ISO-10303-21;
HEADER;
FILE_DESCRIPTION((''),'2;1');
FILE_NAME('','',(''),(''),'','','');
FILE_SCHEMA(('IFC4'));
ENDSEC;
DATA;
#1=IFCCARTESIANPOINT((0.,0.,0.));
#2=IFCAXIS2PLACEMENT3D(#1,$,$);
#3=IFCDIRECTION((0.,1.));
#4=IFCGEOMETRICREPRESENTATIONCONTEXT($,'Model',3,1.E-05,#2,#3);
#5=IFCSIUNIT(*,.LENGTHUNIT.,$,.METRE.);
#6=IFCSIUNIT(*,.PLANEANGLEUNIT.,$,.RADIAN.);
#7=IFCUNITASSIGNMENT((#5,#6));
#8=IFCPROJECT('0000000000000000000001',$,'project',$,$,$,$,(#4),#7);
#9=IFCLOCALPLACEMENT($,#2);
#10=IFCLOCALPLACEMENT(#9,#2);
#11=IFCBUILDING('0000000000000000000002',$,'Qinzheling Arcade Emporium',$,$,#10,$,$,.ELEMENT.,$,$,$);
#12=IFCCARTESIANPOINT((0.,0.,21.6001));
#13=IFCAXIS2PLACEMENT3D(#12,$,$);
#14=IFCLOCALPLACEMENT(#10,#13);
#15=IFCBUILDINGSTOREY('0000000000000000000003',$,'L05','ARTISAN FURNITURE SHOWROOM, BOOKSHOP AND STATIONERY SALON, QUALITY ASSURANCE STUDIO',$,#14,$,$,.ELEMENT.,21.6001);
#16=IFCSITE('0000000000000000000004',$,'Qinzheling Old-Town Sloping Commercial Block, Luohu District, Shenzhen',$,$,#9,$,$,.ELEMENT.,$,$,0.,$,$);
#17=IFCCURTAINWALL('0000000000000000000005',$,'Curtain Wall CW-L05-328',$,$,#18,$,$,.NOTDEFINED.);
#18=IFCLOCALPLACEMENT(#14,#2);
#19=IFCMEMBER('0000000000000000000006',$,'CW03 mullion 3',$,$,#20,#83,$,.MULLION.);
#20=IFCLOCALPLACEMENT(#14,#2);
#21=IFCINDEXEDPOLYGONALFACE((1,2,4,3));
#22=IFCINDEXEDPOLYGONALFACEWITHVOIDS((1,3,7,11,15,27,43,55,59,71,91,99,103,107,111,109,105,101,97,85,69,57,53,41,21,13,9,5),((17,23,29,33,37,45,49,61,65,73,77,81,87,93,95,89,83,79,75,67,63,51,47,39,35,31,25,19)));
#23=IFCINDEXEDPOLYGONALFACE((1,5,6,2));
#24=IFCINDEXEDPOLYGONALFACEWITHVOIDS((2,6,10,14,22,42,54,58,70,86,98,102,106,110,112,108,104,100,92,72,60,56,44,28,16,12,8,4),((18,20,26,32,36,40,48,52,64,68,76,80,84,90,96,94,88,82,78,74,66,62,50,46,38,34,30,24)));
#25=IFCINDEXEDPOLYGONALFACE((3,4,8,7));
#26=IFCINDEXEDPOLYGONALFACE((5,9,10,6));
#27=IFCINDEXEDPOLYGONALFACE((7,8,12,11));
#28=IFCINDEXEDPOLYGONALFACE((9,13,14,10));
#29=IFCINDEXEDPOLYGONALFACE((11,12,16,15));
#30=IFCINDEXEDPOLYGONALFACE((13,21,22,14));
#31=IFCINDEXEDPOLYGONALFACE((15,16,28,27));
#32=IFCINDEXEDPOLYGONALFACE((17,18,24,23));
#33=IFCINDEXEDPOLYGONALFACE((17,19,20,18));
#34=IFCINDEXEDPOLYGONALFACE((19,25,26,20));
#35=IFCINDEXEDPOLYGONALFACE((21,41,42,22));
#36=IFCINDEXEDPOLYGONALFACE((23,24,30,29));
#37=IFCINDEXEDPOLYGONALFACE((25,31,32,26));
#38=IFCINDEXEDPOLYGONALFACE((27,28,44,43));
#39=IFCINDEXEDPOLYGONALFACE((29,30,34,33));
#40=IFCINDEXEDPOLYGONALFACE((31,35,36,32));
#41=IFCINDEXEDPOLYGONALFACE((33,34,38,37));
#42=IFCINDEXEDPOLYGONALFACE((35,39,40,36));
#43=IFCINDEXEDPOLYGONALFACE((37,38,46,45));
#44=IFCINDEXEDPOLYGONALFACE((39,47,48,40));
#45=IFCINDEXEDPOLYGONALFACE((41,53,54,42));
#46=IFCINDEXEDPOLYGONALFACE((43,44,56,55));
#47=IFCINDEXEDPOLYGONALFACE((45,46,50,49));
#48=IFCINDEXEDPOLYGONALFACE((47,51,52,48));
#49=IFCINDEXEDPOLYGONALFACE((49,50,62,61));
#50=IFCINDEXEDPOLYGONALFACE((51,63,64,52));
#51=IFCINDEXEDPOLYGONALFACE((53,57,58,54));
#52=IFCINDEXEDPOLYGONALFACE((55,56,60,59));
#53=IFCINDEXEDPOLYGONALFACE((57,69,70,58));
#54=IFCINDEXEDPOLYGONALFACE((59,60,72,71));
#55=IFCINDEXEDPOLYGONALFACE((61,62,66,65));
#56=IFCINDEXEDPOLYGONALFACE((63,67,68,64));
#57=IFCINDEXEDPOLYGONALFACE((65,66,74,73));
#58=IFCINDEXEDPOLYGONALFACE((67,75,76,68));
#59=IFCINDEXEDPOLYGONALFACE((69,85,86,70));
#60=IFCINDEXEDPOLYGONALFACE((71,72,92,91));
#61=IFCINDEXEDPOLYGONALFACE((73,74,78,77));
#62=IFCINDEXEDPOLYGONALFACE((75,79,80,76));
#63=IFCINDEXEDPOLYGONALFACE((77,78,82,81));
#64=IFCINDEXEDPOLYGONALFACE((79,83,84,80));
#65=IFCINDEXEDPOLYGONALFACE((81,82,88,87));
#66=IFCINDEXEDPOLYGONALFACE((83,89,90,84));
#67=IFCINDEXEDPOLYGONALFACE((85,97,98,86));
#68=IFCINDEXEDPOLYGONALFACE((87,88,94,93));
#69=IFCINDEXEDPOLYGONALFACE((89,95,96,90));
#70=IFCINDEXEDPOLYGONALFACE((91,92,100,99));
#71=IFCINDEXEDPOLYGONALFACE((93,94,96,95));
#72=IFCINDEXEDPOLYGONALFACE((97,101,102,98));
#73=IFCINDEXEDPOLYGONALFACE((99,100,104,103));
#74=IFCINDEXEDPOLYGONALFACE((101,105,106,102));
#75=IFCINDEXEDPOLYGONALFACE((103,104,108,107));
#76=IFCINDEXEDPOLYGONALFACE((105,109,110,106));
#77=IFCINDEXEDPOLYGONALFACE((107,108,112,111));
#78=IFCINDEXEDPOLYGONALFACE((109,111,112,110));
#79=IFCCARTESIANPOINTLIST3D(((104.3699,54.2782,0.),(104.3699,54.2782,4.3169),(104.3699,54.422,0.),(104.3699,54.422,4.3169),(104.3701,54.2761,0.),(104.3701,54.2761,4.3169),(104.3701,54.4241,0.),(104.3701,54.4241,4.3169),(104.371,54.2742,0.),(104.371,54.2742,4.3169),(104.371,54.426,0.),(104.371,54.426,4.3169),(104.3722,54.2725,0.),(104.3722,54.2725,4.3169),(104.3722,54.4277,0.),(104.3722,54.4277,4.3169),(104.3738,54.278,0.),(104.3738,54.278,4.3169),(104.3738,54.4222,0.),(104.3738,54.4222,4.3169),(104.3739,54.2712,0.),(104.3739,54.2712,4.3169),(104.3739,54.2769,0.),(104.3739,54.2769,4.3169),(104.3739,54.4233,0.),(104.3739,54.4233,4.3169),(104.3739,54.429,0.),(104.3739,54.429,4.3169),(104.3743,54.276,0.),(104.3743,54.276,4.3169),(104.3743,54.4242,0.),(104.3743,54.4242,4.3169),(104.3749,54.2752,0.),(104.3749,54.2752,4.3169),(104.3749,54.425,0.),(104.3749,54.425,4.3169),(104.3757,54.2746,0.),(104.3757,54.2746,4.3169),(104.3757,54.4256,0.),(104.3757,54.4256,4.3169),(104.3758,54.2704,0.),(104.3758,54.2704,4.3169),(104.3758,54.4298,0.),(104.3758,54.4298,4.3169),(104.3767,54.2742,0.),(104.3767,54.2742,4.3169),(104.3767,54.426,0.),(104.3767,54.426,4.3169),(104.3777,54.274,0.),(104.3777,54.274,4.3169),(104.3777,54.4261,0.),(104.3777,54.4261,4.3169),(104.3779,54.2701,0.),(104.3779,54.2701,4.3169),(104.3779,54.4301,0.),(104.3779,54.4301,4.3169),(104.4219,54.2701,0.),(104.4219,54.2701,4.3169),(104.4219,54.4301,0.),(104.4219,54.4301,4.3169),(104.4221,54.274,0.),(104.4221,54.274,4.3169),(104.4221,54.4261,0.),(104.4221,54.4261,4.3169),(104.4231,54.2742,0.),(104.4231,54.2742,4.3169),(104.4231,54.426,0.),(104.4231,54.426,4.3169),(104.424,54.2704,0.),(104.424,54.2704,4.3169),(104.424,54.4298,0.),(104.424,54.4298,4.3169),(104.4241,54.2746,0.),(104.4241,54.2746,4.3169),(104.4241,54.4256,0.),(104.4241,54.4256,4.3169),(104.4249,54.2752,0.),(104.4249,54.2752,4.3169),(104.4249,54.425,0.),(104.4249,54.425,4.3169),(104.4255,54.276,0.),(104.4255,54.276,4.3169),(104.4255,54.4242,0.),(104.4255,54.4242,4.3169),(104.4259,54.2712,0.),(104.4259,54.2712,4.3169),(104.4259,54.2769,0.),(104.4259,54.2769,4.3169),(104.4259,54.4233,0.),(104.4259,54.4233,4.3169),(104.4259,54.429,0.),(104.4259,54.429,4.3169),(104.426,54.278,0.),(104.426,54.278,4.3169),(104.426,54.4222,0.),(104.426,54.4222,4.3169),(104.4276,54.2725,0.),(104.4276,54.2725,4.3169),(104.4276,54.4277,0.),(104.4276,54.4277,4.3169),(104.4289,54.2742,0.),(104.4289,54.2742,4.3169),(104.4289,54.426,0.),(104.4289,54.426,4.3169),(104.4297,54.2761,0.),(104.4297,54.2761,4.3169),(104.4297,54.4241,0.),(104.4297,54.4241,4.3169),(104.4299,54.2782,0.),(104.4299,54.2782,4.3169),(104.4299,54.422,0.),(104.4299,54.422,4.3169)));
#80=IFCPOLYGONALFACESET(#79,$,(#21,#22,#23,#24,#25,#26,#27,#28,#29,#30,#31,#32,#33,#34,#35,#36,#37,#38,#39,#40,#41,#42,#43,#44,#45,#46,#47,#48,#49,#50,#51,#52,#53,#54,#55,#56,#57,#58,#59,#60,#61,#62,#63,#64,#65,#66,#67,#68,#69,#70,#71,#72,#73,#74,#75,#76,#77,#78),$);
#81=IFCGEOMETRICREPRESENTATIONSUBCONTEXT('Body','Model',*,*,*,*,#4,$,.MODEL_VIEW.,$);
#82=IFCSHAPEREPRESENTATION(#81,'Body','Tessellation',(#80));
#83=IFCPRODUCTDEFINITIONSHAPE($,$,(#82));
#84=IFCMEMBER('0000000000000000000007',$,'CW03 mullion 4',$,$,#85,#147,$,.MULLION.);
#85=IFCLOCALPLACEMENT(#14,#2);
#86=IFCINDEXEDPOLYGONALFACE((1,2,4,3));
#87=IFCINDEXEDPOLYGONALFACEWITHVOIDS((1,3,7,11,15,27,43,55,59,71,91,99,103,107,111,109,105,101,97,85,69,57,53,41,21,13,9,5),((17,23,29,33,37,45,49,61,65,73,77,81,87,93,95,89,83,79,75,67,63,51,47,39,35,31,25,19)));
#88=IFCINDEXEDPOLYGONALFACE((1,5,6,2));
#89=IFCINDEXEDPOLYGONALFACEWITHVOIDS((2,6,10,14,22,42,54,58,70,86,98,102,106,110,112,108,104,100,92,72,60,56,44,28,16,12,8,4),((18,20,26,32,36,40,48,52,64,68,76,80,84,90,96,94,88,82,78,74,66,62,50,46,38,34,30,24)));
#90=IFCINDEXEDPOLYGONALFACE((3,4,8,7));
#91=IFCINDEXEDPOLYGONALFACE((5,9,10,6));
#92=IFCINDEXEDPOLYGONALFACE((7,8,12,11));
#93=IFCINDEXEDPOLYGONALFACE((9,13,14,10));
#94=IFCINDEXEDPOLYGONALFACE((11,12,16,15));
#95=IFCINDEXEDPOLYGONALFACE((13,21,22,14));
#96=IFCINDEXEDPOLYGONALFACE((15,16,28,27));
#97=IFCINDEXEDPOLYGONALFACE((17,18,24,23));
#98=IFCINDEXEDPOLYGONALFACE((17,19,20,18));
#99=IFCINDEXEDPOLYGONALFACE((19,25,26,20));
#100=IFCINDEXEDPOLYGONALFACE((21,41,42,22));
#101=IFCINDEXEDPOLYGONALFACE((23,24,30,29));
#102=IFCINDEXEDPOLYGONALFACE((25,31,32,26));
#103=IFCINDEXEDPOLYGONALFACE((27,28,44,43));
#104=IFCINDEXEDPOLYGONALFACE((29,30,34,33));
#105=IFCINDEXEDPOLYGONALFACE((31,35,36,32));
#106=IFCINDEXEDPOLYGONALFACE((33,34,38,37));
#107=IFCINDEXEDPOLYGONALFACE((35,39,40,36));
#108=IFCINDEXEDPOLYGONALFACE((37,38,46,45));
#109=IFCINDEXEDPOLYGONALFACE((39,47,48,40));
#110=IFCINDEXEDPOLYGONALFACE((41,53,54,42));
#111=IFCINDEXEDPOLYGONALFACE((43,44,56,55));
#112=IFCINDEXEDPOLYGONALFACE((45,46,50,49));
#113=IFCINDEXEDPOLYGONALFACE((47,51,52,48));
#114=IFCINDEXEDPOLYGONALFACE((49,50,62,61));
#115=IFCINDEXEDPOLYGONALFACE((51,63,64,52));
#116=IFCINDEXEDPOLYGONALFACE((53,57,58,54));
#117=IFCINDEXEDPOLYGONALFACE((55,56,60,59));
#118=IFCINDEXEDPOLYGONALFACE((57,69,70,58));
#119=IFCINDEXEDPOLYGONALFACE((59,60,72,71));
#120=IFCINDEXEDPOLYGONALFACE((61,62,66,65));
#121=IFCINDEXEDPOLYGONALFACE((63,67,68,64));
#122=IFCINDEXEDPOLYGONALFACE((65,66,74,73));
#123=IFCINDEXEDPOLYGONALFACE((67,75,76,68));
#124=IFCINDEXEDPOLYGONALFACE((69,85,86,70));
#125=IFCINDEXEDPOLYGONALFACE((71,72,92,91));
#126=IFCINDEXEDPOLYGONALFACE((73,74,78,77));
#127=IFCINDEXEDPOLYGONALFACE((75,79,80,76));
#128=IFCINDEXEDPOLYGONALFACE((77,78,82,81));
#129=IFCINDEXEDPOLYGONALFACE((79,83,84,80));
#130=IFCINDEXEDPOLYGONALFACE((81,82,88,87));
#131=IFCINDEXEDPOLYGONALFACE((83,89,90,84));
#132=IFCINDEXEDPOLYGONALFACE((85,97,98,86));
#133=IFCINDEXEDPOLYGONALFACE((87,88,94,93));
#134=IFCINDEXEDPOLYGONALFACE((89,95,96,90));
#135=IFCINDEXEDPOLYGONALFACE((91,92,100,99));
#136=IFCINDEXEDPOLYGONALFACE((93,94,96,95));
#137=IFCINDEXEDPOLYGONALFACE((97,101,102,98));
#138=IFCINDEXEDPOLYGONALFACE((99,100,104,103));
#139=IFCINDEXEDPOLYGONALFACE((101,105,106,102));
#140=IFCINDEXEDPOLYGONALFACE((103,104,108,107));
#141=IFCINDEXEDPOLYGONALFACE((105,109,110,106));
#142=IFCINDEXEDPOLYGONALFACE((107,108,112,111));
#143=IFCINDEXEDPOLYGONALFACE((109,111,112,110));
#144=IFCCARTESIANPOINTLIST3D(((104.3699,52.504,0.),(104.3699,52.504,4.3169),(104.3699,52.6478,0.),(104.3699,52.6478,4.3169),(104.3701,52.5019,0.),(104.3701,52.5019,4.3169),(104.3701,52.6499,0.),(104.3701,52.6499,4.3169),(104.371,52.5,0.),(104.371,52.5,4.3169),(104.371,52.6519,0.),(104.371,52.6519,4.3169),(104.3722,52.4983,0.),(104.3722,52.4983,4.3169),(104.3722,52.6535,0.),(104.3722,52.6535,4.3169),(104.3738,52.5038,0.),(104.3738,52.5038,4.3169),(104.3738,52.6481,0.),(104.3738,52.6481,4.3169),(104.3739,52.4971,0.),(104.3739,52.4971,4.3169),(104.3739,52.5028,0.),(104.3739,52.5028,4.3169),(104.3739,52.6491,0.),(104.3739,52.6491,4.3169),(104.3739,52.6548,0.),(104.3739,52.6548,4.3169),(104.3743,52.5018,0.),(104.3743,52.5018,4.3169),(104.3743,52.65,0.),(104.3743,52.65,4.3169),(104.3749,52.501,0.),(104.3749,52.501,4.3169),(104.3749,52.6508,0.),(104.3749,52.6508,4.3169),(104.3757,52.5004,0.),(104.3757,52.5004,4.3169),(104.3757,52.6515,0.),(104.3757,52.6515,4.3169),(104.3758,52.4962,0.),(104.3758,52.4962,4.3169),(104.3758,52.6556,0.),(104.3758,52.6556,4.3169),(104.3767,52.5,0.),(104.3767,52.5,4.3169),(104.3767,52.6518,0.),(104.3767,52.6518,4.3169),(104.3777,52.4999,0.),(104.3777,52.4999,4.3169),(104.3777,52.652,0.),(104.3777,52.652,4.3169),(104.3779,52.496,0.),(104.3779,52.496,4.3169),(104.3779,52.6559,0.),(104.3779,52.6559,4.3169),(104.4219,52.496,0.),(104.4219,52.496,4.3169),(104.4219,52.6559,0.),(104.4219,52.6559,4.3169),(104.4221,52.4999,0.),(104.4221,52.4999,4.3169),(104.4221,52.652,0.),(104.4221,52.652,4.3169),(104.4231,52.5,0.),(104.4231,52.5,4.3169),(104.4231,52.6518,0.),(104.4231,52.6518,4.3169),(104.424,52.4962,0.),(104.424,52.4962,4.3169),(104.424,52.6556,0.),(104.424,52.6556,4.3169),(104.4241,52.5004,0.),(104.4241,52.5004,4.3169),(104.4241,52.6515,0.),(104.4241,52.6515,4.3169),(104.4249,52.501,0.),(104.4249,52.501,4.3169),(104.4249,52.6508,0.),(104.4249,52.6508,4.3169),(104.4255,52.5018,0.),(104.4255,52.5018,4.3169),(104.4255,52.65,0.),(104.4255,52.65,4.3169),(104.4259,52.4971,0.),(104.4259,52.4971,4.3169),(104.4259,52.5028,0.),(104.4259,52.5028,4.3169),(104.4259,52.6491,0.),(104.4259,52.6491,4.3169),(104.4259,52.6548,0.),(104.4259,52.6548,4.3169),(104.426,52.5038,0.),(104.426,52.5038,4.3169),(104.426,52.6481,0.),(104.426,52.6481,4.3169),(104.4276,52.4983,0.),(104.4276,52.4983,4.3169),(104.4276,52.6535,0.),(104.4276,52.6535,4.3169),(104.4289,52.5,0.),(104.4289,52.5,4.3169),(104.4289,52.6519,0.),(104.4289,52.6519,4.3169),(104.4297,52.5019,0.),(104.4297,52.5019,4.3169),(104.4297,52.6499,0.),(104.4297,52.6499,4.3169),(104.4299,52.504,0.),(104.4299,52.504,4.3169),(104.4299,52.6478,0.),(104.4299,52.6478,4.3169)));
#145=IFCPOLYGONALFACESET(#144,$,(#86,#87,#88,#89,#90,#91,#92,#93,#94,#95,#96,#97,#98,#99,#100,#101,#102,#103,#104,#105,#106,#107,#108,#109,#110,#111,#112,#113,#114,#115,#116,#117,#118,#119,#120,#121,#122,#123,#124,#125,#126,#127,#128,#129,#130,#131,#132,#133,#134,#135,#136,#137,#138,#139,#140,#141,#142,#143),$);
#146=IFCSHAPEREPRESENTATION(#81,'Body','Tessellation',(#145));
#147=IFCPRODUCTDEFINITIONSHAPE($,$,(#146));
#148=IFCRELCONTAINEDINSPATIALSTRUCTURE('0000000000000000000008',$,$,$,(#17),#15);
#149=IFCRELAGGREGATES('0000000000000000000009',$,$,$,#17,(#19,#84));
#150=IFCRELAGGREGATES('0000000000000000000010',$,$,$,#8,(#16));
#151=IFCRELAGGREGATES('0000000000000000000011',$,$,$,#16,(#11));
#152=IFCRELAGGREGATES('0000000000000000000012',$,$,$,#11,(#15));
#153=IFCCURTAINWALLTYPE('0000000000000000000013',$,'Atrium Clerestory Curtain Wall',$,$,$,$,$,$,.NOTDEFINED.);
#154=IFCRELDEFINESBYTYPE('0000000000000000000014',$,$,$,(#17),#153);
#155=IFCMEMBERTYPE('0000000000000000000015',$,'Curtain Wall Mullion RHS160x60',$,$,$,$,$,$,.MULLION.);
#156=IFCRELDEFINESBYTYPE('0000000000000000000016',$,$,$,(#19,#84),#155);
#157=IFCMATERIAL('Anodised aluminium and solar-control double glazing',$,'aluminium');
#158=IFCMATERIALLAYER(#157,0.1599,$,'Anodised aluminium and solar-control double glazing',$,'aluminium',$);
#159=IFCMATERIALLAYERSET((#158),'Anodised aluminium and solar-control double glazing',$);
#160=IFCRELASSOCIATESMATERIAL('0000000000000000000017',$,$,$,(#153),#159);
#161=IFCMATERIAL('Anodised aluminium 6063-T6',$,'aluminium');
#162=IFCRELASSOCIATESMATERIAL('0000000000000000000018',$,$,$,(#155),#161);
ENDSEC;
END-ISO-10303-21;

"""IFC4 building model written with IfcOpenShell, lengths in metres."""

from ifc_helpers import new_model, si_unit, direction, frame, origin, origin_2d, place, context, subcontext, project, spatial, hollow_rectangle, extrude, material, layer, layer_set, material_profile, profile_set, type_object, element, aggregate, save


model = new_model("IFC4")

# Units and contexts
model_context = context("Model", 3, precision=1e-05, world=origin(), true_north=direction((0.0, 1.0)))
body_context = subcontext(model_context, "Body", "Model", "MODEL_VIEW")
ifc_project = project(units=[si_unit("LENGTHUNIT", "METRE"), si_unit("PLANEANGLEUNIT", "RADIAN")], contexts=[model_context])

# Site, building, storey
site_placement = place(None, origin())
site = spatial("IfcSite", under=ifc_project, at=site_placement, Name="Qinzheling Old-Town Sloping Commercial Block, Luohu District, Shenzhen", CompositionType="ELEMENT", RefElevation=0.0)
building_placement = place(site_placement, origin())
building = spatial("IfcBuilding", under=site, at=building_placement, Name="Qinzheling Arcade Emporium", CompositionType="ELEMENT")
storey_placement = place(building_placement, frame((0.0, 0.0, 21.6001)))
storey = spatial("IfcBuildingStorey", under=building, at=storey_placement, Name="L05", Description="ARTISAN FURNITURE SHOWROOM, BOOKSHOP AND STATIONERY SALON, QUALITY ASSURANCE STUDIO", CompositionType="ELEMENT", Elevation=21.6001)

# Curtain wall, members
ifc_material_1 = material(Name="Anodised aluminium and solar-control double glazing", Category="aluminium")
ifc_layer_1 = layer(ifc_material_1, 0.1599, Name="Anodised aluminium and solar-control double glazing", Category="aluminium")
ifc_layer_set_1 = layer_set([ifc_layer_1], Name="Anodised aluminium and solar-control double glazing")
curtain_wall_type = type_object("IfcCurtainWallType", Name="Atrium Clerestory Curtain Wall", PredefinedType="NOTDEFINED", material=ifc_layer_set_1)
curtain_wall_placement = place(storey_placement, origin())
curtain_wall = element("IfcCurtainWall", 1, at=curtain_wall_placement, inside=storey, type_object=curtain_wall_type, Name="Curtain Wall CW-L05-328", PredefinedType="NOTDEFINED")
ifc_material_2 = material(Name="Anodised aluminium 6063-T6", Category="aluminium")
ifc_material_profile_1 = material_profile(ifc_material_2, hollow_rectangle(XDim=0.0601, YDim=0.1599, WallThickness=0.0039, InnerFilletRadius=0.0039, OuterFilletRadius=0.0081, at=origin_2d()), Name="RHS 160x60x4", Category="aluminium")
ifc_profile_set_1 = profile_set([ifc_material_profile_1], Name="Anodised aluminium 6063-T6")
member_type_1 = type_object("IfcMemberType", Name="Curtain Wall Mullion RHS160x60", PredefinedType="MULLION", material=ifc_profile_set_1)
member_1_placement = place(storey_placement, frame((104.3999, 54.3501, 0.0), z_axis=(0.0, 0.0, 1.0), x_axis=(1.0, 0.0, 0.0)))
member_1 = element("IfcMember", 2, at=member_1_placement, type_object=member_type_1, Name="CW03 mullion 3", PredefinedType="MULLION", context=body_context, shape_type="SweptSolid", body=[
    extrude(hollow_rectangle(XDim=0.0601, YDim=0.1599, WallThickness=0.0039, InnerFilletRadius=0.0039, OuterFilletRadius=0.0081, at=origin_2d()), origin(), (0.0, 0.0, 1.0), 4.3169),
])
member_2_placement = place(storey_placement, frame((104.3999, 52.5759, 0.0), z_axis=(0.0, 0.0, 1.0), x_axis=(1.0, 0.0, 0.0)))
member_2 = element("IfcMember", 3, at=member_2_placement, type_object=member_type_1, Name="CW03 mullion 4", PredefinedType="MULLION", context=body_context, shape_type="SweptSolid", body=[
    extrude(hollow_rectangle(XDim=0.0601, YDim=0.1599, WallThickness=0.0039, InnerFilletRadius=0.0039, OuterFilletRadius=0.0081, at=origin_2d()), origin(), (0.0, 0.0, 1.0), 4.3169),
])
aggregate(curtain_wall, [member_1, member_2])

save(model, "model.ifc")
